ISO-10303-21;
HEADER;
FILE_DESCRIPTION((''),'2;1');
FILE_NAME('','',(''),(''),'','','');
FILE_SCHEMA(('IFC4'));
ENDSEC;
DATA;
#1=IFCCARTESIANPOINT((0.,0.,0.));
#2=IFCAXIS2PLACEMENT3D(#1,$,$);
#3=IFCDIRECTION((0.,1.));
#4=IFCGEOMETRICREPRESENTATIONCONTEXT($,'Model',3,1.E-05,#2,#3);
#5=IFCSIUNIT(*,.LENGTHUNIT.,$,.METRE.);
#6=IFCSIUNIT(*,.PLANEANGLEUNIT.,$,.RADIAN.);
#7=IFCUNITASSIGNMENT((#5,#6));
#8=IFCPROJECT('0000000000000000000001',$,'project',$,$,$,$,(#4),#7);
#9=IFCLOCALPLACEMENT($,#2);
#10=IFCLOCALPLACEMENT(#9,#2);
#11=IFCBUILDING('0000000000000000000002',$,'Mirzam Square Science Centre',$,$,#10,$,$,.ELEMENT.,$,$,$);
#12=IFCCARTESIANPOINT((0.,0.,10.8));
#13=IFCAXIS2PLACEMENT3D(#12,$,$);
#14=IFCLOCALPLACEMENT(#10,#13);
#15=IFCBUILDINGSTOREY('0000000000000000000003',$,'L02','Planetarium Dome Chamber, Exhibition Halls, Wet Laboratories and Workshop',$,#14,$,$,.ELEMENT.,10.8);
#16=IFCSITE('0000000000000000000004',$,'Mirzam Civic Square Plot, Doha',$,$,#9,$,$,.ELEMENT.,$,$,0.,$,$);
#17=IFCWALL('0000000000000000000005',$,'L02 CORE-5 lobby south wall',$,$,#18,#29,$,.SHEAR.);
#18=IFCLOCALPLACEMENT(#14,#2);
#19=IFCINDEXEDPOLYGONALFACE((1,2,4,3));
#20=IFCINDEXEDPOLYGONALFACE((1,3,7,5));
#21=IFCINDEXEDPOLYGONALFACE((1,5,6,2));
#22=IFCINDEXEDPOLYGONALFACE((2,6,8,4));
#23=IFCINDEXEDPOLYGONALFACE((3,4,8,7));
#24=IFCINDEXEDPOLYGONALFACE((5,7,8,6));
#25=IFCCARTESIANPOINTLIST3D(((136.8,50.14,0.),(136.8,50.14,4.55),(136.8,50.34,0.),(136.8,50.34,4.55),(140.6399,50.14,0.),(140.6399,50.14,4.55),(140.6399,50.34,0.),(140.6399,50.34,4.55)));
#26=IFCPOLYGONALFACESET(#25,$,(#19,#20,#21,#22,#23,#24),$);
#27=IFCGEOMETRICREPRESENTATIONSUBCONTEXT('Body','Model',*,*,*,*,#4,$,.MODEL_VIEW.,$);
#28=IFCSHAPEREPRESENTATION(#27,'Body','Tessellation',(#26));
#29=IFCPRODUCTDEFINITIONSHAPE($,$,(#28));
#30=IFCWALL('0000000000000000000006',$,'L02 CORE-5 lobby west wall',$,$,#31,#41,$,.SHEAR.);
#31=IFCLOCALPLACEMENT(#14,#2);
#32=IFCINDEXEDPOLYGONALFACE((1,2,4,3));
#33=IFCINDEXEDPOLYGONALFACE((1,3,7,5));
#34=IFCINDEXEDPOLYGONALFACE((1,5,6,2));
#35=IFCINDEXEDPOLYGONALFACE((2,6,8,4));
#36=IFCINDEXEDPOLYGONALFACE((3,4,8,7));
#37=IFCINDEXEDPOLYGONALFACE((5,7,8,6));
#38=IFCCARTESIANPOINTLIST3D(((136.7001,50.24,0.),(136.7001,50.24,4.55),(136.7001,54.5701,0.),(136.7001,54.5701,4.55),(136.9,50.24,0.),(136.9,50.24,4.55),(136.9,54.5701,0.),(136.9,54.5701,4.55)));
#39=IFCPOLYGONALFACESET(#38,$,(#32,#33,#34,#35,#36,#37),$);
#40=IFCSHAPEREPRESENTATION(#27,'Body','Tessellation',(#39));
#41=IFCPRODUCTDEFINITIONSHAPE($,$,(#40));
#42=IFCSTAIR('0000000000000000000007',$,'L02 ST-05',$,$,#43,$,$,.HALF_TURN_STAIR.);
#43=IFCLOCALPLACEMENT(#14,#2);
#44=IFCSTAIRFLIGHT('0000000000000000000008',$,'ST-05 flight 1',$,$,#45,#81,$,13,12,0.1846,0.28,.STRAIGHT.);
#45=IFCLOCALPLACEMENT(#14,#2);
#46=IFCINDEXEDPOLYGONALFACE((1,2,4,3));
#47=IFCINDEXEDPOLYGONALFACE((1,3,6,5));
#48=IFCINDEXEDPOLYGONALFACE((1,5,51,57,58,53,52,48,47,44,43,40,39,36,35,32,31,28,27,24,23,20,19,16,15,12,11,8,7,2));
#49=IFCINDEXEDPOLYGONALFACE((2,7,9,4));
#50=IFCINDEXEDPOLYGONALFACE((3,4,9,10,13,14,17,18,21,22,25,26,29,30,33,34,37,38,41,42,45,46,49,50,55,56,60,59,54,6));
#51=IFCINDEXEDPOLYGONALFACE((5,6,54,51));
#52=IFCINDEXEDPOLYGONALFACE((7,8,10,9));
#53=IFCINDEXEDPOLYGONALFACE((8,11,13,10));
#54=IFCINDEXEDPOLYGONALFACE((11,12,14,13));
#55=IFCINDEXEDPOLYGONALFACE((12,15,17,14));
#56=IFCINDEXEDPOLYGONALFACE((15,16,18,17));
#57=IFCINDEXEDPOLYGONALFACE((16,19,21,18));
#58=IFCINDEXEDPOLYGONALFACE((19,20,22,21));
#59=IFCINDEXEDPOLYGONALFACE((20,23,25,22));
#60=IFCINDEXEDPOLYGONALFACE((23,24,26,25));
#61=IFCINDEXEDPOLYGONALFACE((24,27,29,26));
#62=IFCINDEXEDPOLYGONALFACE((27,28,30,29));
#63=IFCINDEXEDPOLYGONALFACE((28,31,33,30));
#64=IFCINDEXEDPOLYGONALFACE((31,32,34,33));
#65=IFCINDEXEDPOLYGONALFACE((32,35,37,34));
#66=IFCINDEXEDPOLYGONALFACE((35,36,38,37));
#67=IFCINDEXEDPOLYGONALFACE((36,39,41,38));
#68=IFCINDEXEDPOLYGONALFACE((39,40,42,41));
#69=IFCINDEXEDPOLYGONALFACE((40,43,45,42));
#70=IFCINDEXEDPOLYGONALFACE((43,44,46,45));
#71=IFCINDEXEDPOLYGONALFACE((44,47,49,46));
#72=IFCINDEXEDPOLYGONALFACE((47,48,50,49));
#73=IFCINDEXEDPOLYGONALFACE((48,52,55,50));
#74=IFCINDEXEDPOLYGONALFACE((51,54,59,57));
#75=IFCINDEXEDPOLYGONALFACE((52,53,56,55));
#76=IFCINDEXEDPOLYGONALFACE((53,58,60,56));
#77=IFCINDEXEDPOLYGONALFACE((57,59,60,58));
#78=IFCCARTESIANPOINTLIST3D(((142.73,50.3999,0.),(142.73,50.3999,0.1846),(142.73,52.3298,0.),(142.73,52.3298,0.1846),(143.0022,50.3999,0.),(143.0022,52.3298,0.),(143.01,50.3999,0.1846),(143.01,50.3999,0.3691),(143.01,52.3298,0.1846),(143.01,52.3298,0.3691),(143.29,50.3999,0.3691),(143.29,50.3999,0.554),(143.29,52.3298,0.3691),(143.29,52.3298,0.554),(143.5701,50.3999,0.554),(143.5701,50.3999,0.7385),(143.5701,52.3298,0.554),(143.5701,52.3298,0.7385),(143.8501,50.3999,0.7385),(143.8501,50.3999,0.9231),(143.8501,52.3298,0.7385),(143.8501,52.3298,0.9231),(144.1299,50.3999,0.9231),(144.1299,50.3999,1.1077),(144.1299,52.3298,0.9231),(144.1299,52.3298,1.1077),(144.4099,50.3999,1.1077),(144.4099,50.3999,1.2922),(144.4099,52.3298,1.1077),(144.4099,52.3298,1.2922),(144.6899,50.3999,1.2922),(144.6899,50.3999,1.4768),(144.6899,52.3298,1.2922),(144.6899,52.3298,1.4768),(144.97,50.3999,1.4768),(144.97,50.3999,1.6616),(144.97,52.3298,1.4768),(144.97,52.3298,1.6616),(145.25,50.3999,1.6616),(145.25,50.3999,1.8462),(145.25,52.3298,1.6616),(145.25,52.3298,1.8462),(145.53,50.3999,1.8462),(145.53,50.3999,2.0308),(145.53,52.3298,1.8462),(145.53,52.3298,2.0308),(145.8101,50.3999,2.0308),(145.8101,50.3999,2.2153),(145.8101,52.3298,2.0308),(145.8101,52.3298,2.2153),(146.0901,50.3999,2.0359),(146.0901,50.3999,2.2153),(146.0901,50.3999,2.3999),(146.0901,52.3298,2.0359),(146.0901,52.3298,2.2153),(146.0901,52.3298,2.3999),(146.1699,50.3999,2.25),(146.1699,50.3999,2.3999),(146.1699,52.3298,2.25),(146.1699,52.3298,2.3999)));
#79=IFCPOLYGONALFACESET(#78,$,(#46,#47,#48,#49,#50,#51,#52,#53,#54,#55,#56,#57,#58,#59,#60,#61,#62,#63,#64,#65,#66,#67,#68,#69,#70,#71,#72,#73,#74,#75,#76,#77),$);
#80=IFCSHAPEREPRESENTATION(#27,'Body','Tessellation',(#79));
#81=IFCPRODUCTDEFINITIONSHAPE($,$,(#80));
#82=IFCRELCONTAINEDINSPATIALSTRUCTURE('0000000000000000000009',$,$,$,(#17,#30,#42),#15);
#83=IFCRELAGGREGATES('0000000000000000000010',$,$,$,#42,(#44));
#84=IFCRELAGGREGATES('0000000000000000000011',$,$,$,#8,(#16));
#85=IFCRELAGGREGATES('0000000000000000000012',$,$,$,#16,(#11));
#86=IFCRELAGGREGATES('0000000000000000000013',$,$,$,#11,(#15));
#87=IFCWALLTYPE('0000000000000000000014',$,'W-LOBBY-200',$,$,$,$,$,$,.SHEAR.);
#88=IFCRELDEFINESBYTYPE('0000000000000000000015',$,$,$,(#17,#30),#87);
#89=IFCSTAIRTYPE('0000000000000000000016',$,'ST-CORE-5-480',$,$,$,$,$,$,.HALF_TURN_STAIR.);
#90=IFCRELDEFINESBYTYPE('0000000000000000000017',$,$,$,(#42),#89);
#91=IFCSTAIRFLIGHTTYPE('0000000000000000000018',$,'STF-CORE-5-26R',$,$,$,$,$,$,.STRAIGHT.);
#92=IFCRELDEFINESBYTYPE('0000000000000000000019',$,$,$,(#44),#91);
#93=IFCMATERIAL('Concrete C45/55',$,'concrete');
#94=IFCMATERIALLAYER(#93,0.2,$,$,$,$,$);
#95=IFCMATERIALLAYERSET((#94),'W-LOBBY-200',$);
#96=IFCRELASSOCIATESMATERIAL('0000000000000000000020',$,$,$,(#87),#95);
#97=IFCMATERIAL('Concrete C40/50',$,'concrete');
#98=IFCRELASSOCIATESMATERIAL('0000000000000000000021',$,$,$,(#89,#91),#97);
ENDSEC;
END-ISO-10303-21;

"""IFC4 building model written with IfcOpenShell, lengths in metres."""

from ifc_helpers import new_model, si_unit, direction, frame, frame_2d, origin, place, context, subcontext, project, spatial, polyline, rectangle, outline, extrude, material, layer, layer_set, type_object, element, aggregate, save


model = new_model("IFC4")

# Units and contexts
model_context = context("Model", 3, precision=1e-05, world=origin(), true_north=direction((0.0, 1.0)))
body_context = subcontext(model_context, "Body", "Model", "MODEL_VIEW")
ifc_project = project(units=[si_unit("LENGTHUNIT", "METRE"), si_unit("PLANEANGLEUNIT", "RADIAN")], contexts=[model_context])

# Site, building, storey
site_placement = place(None, origin())
site = spatial("IfcSite", under=ifc_project, at=site_placement, Name="Mirzam Civic Square Plot, Doha", CompositionType="ELEMENT", RefElevation=0.0)
building_placement = place(site_placement, origin())
building = spatial("IfcBuilding", under=site, at=building_placement, Name="Mirzam Square Science Centre", CompositionType="ELEMENT")
storey_placement = place(building_placement, frame((0.0, 0.0, 10.8)))
storey = spatial("IfcBuildingStorey", under=building, at=storey_placement, Name="L02", Description="Planetarium Dome Chamber, Exhibition Halls, Wet Laboratories and Workshop", CompositionType="ELEMENT", Elevation=10.8)

# Shared definitions
ifc_material_1 = material(Name="Concrete C45/55", Category="concrete")

# Walls
ifc_layer_1 = layer(ifc_material_1, 0.2)
ifc_layer_set_1 = layer_set([ifc_layer_1], Name="W-LOBBY-200")
wall_type_1 = type_object("IfcWallType", Name="W-LOBBY-200", PredefinedType="SHEAR", material=ifc_layer_set_1)
wall_1_placement = place(storey_placement, frame((136.8, 50.24, 0.0), z_axis=(0.0, 0.0, 1.0), x_axis=(1.0, 0.0, 0.0)))
element("IfcWall", 1, at=wall_1_placement, inside=storey, type_object=wall_type_1, Name="L02 CORE-5 lobby south wall", PredefinedType="SHEAR", context=body_context, shape_type="SweptSolid", body=[
    extrude(rectangle(XDim=3.8398, YDim=0.2, at=frame_2d((1.9199, 0.0))), origin(), (0.0, 0.0, 1.0), 4.55),
])
wall_2_placement = place(storey_placement, frame((136.8, 54.5701, 0.0), z_axis=(0.0, 0.0, 1.0), x_axis=(0.0, -1.0, 0.0)))
element("IfcWall", 2, at=wall_2_placement, inside=storey, type_object=wall_type_1, Name="L02 CORE-5 lobby west wall", PredefinedType="SHEAR", context=body_context, shape_type="SweptSolid", body=[
    extrude(rectangle(XDim=4.3301, YDim=0.2, at=frame_2d((2.165, 0.0))), origin(), (0.0, 0.0, 1.0), 4.55),
])

# Stair, stair flight
ifc_material_2 = material(Name="Concrete C40/50", Category="concrete")
stair_type = type_object("IfcStairType", Name="ST-CORE-5-480", PredefinedType="HALF_TURN_STAIR", material=ifc_material_2)
stair_placement = place(storey_placement, origin())
stair = element("IfcStair", 3, at=stair_placement, inside=storey, type_object=stair_type, Name="L02 ST-05", PredefinedType="HALF_TURN_STAIR")
stair_flight_type = type_object("IfcStairFlightType", Name="STF-CORE-5-26R", PredefinedType="STRAIGHT", material=ifc_material_2)
stair_flight_placement = place(storey_placement, frame((142.73, 51.365, 0.0), z_axis=(0.0, 0.0, 1.0), x_axis=(1.0, 0.0, 0.0)))
stair_flight = element("IfcStairFlight", 4, at=stair_flight_placement, type_object=stair_flight_type, Name="ST-05 flight 1", NumberOfRisers=13, NumberOfTreads=12, PredefinedType="STRAIGHT", RiserHeight=0.1846, TreadLength=0.28, context=body_context, shape_type="SweptSolid", body=[
    extrude(outline(polyline([(0.0, 0.0), (0.0, 0.1846), (0.28, 0.1846), (0.28, 0.3691), (0.5601, 0.3691), (0.5601, 0.554), (0.8401, 0.554), (0.8401, 0.7385), (1.1201, 0.7385), (1.1201, 0.9231), (1.3999, 0.9231), (1.3999, 1.1077), (1.6799, 1.1077), (1.6799, 1.2922), (1.96, 1.2922), (1.96, 1.4768), (2.24, 1.4768), (2.24, 1.6616), (2.52, 1.6616), (2.52, 1.8462), (2.8, 1.8462), (2.8, 2.0308), (3.0801, 2.0308), (3.0801, 2.2153), (3.3601, 2.2153), (3.3601, 2.3999), (3.4399, 2.3999), (3.4399, 2.25), (3.3601, 2.0359), (0.2722, 0.0), (0.0, 0.0)])), frame((0.0, 0.9648, 0.0), z_axis=(0.0, -1.0, 0.0), x_axis=(1.0, 0.0, 0.0)), (0.0, 0.0, 1.0), 1.9299),
])
aggregate(stair, [stair_flight])

save(model, "model.ifc")
